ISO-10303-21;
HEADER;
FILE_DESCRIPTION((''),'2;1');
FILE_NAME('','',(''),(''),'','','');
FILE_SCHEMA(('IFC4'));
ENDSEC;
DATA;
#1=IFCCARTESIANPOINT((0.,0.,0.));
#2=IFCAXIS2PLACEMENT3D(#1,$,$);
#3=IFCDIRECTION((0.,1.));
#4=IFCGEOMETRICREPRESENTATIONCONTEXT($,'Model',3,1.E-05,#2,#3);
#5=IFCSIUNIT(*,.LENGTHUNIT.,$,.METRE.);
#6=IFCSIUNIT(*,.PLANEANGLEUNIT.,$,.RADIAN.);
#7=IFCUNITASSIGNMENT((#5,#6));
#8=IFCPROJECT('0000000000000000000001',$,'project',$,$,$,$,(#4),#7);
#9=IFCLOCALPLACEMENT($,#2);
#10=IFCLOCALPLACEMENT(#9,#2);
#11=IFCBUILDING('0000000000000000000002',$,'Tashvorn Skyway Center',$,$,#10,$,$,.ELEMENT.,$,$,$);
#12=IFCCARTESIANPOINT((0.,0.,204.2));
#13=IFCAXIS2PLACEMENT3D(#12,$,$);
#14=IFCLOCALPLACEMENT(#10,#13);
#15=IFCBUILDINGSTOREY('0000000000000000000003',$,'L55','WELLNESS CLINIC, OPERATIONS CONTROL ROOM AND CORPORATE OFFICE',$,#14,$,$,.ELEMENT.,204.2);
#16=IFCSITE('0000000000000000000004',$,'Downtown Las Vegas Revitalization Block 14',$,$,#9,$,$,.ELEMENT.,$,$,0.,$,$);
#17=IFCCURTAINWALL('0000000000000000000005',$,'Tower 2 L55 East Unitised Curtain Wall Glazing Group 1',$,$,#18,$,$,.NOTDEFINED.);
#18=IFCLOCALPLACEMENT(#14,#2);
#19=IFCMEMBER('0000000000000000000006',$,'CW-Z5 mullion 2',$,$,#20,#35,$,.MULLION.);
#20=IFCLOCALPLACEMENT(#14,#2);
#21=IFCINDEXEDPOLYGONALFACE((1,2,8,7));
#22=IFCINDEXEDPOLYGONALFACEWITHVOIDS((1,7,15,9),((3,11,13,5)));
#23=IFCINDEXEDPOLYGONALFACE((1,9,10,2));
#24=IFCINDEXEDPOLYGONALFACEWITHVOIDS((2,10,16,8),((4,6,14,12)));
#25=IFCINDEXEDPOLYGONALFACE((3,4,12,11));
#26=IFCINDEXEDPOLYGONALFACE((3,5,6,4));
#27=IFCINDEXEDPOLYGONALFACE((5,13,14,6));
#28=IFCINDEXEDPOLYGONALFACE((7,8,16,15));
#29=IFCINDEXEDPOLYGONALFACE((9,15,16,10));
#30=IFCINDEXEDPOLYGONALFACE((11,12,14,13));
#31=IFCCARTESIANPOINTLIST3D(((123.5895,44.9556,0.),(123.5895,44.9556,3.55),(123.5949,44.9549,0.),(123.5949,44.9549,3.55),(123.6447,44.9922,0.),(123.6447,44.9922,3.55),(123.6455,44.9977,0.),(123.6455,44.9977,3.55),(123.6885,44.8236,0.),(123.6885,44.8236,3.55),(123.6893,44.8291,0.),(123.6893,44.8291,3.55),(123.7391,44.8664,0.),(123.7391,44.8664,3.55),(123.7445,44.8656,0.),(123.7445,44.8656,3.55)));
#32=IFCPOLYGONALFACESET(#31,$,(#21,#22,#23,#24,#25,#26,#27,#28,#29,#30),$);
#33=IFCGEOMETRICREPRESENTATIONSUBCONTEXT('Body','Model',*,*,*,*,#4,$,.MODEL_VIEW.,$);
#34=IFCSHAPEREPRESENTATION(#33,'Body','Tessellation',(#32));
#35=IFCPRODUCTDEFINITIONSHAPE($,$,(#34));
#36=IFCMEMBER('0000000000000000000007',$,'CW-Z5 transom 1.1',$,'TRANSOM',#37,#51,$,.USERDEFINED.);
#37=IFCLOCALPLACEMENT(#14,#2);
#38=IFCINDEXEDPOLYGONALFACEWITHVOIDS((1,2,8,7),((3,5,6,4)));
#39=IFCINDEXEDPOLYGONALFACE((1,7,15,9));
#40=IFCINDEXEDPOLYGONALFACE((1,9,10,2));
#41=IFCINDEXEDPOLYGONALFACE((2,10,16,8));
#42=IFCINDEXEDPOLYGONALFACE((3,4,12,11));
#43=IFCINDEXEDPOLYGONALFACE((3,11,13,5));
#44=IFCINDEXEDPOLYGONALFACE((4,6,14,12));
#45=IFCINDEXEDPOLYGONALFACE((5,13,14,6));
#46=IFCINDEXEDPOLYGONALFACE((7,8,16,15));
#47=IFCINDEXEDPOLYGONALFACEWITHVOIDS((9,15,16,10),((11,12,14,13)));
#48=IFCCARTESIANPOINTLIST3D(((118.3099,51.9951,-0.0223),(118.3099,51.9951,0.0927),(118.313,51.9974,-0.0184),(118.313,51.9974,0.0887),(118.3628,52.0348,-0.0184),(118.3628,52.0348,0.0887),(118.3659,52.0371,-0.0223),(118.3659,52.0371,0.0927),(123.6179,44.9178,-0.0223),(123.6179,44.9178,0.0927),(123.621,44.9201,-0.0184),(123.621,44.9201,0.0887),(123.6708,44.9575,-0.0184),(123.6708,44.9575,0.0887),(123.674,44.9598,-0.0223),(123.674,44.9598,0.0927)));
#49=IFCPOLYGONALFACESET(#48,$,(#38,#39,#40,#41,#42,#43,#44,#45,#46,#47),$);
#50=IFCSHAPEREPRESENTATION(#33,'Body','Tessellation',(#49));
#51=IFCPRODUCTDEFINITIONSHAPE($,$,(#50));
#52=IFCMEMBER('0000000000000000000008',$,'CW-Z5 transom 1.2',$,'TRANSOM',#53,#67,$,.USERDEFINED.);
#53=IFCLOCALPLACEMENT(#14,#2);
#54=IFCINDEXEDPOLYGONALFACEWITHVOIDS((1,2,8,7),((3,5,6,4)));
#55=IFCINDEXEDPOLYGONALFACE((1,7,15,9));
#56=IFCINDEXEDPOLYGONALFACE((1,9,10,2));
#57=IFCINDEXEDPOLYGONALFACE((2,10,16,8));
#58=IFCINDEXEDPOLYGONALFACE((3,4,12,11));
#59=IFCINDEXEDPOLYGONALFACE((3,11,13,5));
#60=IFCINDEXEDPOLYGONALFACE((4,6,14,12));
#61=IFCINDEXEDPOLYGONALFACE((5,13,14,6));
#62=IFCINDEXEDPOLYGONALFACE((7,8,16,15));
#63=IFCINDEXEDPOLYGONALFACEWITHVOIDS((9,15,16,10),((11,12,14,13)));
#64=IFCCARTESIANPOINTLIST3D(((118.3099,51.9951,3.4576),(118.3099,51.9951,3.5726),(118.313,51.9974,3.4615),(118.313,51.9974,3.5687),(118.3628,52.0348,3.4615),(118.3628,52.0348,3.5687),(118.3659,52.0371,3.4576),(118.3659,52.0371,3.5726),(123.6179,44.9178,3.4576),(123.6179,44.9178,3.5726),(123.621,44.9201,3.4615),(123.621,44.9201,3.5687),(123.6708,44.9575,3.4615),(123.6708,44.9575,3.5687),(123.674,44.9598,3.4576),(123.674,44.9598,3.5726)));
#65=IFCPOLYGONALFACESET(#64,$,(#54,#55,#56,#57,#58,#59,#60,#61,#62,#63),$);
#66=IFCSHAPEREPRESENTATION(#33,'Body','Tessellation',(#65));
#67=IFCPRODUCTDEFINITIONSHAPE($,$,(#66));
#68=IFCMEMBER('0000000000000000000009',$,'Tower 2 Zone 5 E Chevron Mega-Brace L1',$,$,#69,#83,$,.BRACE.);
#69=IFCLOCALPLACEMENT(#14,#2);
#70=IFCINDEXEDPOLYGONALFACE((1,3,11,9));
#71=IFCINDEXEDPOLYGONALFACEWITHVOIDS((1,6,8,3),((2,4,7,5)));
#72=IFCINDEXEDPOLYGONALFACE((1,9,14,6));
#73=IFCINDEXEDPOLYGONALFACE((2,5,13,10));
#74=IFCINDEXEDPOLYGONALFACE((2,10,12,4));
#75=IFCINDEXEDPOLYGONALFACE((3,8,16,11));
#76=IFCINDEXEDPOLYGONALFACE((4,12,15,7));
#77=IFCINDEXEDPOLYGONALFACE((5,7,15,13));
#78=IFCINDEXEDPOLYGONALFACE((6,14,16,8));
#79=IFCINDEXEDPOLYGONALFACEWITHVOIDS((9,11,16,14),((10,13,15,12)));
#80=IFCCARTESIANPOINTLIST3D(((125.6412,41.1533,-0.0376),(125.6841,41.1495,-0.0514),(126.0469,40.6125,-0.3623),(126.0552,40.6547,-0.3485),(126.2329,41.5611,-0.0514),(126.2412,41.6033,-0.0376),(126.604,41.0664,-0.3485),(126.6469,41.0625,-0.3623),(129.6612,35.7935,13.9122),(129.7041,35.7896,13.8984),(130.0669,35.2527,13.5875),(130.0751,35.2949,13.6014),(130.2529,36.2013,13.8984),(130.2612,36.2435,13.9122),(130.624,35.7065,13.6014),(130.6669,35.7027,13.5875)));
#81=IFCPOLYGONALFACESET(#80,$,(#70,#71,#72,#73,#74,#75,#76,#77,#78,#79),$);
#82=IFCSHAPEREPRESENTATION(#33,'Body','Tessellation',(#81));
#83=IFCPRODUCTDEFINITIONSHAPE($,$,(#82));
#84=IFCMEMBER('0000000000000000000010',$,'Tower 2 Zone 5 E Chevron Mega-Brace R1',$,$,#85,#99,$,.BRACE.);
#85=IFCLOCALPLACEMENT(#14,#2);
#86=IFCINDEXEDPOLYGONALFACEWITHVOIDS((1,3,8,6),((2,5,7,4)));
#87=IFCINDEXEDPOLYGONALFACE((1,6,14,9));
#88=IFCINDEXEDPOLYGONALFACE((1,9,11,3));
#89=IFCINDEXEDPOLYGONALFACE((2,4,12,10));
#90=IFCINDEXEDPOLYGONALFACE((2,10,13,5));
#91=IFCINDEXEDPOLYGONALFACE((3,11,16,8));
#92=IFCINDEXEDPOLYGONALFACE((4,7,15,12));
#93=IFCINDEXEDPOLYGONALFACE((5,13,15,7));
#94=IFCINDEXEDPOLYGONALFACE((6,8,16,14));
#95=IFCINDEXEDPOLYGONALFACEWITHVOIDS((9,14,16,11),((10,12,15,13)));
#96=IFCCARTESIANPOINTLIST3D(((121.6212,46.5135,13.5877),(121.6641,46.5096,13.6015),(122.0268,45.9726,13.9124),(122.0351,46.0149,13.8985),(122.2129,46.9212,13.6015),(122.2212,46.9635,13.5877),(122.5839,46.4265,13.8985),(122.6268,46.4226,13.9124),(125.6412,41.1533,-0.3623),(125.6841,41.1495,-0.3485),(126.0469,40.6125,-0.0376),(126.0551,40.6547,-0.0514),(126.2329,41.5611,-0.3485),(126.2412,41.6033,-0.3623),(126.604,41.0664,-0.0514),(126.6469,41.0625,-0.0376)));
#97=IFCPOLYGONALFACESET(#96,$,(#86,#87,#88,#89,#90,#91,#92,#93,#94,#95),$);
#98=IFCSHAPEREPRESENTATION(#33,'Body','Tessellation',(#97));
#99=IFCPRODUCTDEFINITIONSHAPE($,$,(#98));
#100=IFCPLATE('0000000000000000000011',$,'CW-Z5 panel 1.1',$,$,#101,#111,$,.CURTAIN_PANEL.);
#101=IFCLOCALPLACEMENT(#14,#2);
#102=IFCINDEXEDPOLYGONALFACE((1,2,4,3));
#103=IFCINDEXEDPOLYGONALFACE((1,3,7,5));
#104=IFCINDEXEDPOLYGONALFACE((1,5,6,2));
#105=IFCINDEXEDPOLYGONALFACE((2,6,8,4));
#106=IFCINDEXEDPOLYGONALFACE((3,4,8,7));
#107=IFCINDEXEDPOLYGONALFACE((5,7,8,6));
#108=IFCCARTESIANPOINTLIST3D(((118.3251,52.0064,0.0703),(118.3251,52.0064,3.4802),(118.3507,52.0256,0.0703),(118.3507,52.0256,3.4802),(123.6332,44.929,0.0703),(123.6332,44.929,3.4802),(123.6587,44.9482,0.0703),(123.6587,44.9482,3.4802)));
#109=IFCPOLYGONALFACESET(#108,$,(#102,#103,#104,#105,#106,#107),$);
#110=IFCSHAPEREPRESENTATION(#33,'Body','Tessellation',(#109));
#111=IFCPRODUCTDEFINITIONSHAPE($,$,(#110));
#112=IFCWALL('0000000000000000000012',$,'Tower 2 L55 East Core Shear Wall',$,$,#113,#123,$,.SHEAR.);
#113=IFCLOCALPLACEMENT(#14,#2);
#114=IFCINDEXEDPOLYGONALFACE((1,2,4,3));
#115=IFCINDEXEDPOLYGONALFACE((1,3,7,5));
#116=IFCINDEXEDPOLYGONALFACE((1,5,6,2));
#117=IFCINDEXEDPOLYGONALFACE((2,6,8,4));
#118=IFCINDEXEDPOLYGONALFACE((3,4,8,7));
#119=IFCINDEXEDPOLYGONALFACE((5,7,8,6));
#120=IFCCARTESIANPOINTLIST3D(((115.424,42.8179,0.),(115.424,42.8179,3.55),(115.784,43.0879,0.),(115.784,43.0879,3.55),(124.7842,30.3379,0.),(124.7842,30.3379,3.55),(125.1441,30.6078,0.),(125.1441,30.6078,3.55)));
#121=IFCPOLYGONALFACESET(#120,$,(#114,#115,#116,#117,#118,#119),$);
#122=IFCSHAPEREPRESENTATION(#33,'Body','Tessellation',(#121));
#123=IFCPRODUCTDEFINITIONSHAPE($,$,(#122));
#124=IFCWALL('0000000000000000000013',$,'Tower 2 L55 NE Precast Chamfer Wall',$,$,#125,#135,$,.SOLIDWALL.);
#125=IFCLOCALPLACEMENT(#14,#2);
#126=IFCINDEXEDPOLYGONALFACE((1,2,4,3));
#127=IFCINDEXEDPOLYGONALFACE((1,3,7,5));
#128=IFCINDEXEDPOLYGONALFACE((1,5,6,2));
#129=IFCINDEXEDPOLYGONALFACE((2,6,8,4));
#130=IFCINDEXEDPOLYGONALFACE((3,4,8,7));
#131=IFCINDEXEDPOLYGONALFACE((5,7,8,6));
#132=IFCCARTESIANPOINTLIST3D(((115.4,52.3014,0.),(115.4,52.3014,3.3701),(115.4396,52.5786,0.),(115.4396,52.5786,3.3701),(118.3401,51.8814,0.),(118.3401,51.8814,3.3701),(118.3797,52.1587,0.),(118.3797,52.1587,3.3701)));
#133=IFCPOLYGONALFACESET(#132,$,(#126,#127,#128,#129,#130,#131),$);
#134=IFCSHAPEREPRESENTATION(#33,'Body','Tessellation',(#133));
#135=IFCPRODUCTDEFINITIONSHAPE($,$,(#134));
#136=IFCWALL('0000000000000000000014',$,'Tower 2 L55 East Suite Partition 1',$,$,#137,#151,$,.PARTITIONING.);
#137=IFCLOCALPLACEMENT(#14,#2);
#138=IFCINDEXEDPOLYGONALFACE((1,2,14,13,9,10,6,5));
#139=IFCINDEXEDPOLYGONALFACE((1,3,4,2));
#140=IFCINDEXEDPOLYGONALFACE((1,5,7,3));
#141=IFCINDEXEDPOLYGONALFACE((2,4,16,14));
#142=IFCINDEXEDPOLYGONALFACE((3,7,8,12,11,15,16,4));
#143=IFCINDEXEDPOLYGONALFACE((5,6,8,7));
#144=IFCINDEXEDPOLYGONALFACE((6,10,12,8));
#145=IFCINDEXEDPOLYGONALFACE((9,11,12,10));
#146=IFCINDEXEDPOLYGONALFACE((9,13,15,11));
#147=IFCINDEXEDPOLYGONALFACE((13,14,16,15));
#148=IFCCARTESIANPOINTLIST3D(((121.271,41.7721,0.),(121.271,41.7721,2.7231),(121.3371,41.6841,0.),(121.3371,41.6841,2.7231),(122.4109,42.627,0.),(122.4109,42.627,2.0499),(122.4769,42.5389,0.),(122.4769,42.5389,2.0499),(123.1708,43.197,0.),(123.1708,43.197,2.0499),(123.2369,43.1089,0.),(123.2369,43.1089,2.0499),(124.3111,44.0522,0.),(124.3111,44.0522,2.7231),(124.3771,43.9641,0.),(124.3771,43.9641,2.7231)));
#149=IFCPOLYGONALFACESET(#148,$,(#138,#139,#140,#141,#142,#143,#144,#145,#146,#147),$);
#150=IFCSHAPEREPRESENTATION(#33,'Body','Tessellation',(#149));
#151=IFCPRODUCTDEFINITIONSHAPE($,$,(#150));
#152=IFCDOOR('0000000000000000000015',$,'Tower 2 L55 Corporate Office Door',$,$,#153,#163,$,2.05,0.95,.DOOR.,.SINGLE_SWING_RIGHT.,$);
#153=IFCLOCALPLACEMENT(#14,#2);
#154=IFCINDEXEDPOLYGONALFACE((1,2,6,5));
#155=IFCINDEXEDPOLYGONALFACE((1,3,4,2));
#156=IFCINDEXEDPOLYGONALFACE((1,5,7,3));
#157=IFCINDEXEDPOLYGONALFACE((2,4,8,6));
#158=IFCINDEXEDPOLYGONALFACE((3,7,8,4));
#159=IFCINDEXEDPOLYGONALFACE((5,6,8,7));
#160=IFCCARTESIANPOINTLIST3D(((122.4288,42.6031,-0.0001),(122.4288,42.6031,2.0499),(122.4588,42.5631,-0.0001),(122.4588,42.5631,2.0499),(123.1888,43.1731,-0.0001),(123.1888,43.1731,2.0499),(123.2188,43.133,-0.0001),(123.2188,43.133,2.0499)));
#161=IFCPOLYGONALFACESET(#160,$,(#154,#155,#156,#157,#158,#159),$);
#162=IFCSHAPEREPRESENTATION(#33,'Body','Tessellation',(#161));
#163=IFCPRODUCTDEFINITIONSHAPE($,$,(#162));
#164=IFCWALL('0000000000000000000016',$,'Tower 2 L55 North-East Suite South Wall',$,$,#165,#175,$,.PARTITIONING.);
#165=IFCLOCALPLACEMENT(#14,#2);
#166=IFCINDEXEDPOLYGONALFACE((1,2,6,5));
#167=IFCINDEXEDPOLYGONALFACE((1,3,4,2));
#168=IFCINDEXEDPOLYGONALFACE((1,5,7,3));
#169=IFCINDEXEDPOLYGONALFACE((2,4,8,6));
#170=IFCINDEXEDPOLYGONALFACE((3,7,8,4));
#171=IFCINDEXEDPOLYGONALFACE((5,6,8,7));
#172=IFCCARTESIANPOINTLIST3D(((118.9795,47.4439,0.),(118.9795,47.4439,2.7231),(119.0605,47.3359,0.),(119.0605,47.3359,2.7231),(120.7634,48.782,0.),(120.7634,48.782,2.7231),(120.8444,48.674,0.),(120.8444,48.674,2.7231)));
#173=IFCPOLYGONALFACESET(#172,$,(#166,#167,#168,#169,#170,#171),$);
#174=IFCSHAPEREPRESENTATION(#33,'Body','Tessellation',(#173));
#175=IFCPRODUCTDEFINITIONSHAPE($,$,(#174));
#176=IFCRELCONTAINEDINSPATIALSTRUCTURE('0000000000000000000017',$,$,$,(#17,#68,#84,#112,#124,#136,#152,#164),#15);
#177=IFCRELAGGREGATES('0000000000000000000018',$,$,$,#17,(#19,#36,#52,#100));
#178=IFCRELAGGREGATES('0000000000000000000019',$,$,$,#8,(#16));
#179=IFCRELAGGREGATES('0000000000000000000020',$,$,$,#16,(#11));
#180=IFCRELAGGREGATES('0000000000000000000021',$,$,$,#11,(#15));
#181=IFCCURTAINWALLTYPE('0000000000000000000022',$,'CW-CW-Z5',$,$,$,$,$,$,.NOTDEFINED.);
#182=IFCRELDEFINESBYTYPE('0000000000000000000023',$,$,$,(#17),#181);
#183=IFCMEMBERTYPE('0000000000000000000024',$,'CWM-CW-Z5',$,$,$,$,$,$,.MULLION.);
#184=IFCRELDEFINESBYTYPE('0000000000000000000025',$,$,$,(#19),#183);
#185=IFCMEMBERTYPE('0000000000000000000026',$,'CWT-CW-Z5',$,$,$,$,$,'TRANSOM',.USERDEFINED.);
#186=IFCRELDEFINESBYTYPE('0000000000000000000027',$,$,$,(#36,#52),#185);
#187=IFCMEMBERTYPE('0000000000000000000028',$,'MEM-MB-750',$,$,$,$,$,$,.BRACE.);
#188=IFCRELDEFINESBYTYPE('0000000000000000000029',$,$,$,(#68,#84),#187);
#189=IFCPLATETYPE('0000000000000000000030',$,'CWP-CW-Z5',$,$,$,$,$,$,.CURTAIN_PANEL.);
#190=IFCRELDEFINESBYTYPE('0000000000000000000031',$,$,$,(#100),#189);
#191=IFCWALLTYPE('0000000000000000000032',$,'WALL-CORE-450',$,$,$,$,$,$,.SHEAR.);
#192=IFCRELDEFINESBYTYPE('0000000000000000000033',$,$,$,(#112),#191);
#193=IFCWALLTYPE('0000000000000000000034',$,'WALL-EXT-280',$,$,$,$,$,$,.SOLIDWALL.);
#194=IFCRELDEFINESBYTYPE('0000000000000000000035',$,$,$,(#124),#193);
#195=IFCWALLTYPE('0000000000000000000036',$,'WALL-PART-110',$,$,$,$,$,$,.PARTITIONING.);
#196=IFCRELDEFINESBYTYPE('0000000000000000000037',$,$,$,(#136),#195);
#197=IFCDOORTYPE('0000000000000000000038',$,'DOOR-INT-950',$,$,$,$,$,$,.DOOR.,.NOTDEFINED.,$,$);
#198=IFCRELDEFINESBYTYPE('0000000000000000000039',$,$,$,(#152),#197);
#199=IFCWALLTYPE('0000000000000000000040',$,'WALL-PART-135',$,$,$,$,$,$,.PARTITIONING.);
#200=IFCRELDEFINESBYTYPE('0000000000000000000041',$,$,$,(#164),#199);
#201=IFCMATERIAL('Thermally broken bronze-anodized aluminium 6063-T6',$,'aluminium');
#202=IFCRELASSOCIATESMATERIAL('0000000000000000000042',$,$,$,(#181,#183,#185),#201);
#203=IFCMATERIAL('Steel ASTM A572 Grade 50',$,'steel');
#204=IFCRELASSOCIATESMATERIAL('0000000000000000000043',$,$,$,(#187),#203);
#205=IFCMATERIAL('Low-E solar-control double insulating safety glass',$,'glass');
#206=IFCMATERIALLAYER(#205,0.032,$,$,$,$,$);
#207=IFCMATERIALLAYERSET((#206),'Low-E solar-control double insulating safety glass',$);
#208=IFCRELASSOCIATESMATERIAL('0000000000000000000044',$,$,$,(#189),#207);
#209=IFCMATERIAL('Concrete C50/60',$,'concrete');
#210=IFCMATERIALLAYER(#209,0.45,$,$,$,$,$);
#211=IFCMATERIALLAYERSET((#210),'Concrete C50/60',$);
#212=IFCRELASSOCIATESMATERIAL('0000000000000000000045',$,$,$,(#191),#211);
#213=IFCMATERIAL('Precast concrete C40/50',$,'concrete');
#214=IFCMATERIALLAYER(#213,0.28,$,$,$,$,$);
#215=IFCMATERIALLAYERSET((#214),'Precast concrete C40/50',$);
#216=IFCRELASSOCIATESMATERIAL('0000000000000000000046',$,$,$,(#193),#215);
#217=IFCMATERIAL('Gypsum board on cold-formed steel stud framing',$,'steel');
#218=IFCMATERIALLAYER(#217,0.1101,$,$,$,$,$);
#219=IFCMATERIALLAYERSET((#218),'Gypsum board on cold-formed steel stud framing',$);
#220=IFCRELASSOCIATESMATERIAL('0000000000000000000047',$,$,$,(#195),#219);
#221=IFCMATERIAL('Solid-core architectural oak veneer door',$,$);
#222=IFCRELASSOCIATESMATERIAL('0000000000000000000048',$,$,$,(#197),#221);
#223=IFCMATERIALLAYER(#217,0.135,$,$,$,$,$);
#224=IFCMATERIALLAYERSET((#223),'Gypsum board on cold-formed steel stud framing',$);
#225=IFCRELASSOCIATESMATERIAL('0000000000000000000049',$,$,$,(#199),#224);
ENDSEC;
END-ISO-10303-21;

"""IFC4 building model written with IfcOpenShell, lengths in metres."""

from ifc_helpers import new_model, si_unit, direction, frame, frame_2d, origin, origin_2d, place, context, subcontext, project, spatial, rectangle, hollow_rectangle, extrude, material, layer, layer_set, material_profile, profile_set, type_object, element, fill, aggregate, save


model = new_model("IFC4")

# Units and contexts
model_context = context("Model", 3, precision=1e-05, world=origin(), true_north=direction((0.0, 1.0)))
body_context = subcontext(model_context, "Body", "Model", "MODEL_VIEW")
ifc_project = project(units=[si_unit("LENGTHUNIT", "METRE"), si_unit("PLANEANGLEUNIT", "RADIAN")], contexts=[model_context])

# Site, building, storey
site_placement = place(None, origin())
site = spatial("IfcSite", under=ifc_project, at=site_placement, Name="Downtown Las Vegas Revitalization Block 14", CompositionType="ELEMENT", RefElevation=0.0)
building_placement = place(site_placement, origin())
building = spatial("IfcBuilding", under=site, at=building_placement, Name="Tashvorn Skyway Center", CompositionType="ELEMENT")
storey_placement = place(building_placement, frame((0.0, 0.0, 204.2)))
storey = spatial("IfcBuildingStorey", under=building, at=storey_placement, Name="L55", Description="WELLNESS CLINIC, OPERATIONS CONTROL ROOM AND CORPORATE OFFICE", CompositionType="ELEMENT", Elevation=204.2)

# Shared definitions
ifc_material_1 = material(Name="Steel ASTM A572 Grade 50", Category="steel")

# Shared definitions
ifc_material_2 = material(Name="Thermally broken bronze-anodized aluminium 6063-T6", Category="aluminium")
curtain_wall_type = type_object("IfcCurtainWallType", Name="CW-CW-Z5", PredefinedType="NOTDEFINED", material=ifc_material_2)
ifc_material_profile_1 = material_profile(ifc_material_2, hollow_rectangle(XDim=0.0701, YDim=0.165, WallThickness=0.0039, at=origin_2d()), Name="ALU-MULL-70x165")
ifc_profile_set_1 = profile_set([ifc_material_profile_1], Name="Thermally broken bronze-anodized aluminium 6063-T6")
member_type_1 = type_object("IfcMemberType", Name="CWM-CW-Z5", PredefinedType="MULLION", material=ifc_profile_set_1)

# Curtain wall, members
curtain_wall_1_placement = place(storey_placement, origin())
curtain_wall_1 = element("IfcCurtainWall", 1, at=curtain_wall_1_placement, inside=storey, type_object=curtain_wall_type, Name="Tower 2 L55 East Unitised Curtain Wall Glazing Group 1", PredefinedType="NOTDEFINED")
member_1_placement = place(storey_placement, frame((123.667, 44.9106, 0.0), z_axis=(0.0, 0.0, 1.0), x_axis=(0.799999, 0.600002, 0.0)))
member_1 = element("IfcMember", 2, at=member_1_placement, type_object=member_type_1, Name="CW-Z5 mullion 2", PredefinedType="MULLION", context=body_context, shape_type="SweptSolid", body=[
    extrude(hollow_rectangle(XDim=0.0701, YDim=0.165, WallThickness=0.0039, at=origin_2d()), origin(), (0.0, 0.0, 1.0), 3.55),
])
ifc_material_profile_2 = material_profile(ifc_material_2, hollow_rectangle(XDim=0.0701, YDim=0.115, WallThickness=0.0039, at=origin_2d()), Name="ALU-TRAN-70x115")
ifc_profile_set_2 = profile_set([ifc_material_profile_2], Name="Thermally broken bronze-anodized aluminium 6063-T6")
member_type_2 = type_object("IfcMemberType", Name="CWT-CW-Z5", ElementType="TRANSOM", PredefinedType="USERDEFINED", material=ifc_profile_set_2)
member_2_placement = place(storey_placement, frame((118.3379, 52.0161, 0.0352), z_axis=(0.600004, -0.799997, 0.0), x_axis=(0.799997, 0.600004, 0.0)))
member_2 = element("IfcMember", 3, at=member_2_placement, type_object=member_type_2, Name="CW-Z5 transom 1.1", ObjectType="TRANSOM", PredefinedType="USERDEFINED", context=body_context, shape_type="SweptSolid", body=[
    extrude(hollow_rectangle(XDim=0.0701, YDim=0.115, WallThickness=0.0039, at=origin_2d()), origin(), (0.0, 0.0, 1.0), 8.8467),
])
member_3_placement = place(storey_placement, frame((118.3379, 52.0161, 3.5151), z_axis=(0.600004, -0.799997, 0.0), x_axis=(0.799997, 0.600004, 0.0)))
member_3 = element("IfcMember", 4, at=member_3_placement, type_object=member_type_2, Name="CW-Z5 transom 1.2", ObjectType="TRANSOM", PredefinedType="USERDEFINED", context=body_context, shape_type="SweptSolid", body=[
    extrude(hollow_rectangle(XDim=0.0701, YDim=0.115, WallThickness=0.0039, at=origin_2d()), origin(), (0.0, 0.0, 1.0), 8.8467),
])

# Members
ifc_material_profile_3 = material_profile(ifc_material_1, hollow_rectangle(XDim=0.75, YDim=0.75, WallThickness=0.032, at=origin_2d()), Name="BOX750x750x32")
ifc_profile_set_3 = profile_set([ifc_material_profile_3], Name="Steel ASTM A572 Grade 50")
member_type_3 = type_object("IfcMemberType", Name="MEM-MB-750", PredefinedType="BRACE", material=ifc_profile_set_3)
member_4_placement = place(storey_placement, frame((126.144, 41.1079, -0.2), z_axis=(0.259767, -0.346346, 0.901424), x_axis=(0.799991, 0.600012, 0.0)))
element("IfcMember", 5, at=member_4_placement, inside=storey, type_object=member_type_3, Name="Tower 2 Zone 5 E Chevron Mega-Brace L1", PredefinedType="BRACE", context=body_context, shape_type="SweptSolid", body=[
    extrude(hollow_rectangle(XDim=0.75, YDim=0.75, WallThickness=0.032, at=origin_2d()), origin(), (0.0, 0.0, 1.0), 15.4753),
])
member_5_placement = place(storey_placement, frame((126.144, 41.1079, -0.2), z_axis=(-0.259766, 0.34636, 0.901419), x_axis=(-0.800004, -0.599994, 0.0)))
element("IfcMember", 6, at=member_5_placement, inside=storey, type_object=member_type_3, Name="Tower 2 Zone 5 E Chevron Mega-Brace R1", PredefinedType="BRACE", context=body_context, shape_type="SweptSolid", body=[
    extrude(hollow_rectangle(XDim=0.75, YDim=0.75, WallThickness=0.032, at=origin_2d()), origin(), (0.0, 0.0, 1.0), 15.4756),
])

# Plate
ifc_material_3 = material(Name="Low-E solar-control double insulating safety glass", Category="glass")
ifc_layer_1 = layer(ifc_material_3, 0.032)
ifc_layer_set_1 = layer_set([ifc_layer_1], Name="Low-E solar-control double insulating safety glass")
plate_type = type_object("IfcPlateType", Name="CWP-CW-Z5", PredefinedType="CURTAIN_PANEL", material=ifc_layer_set_1)
plate_placement = place(storey_placement, frame((120.9919, 48.4773, 0.0703), z_axis=(0.0, 0.0, 1.0), x_axis=(0.600002, -0.799999, 0.0)))
plate = element("IfcPlate", 7, at=plate_placement, type_object=plate_type, Name="CW-Z5 panel 1.1", PredefinedType="CURTAIN_PANEL", context=body_context, shape_type="SweptSolid", body=[
    extrude(rectangle(XDim=8.8467, YDim=0.032, at=origin_2d()), origin(), (0.0, 0.0, 1.0), 3.4099),
])
aggregate(curtain_wall_1, [member_1, member_2, member_3, plate])

# Walls
ifc_material_4 = material(Name="Concrete C50/60", Category="concrete")
ifc_layer_2 = layer(ifc_material_4, 0.45)
ifc_layer_set_2 = layer_set([ifc_layer_2], Name="Concrete C50/60")
wall_type_1 = type_object("IfcWallType", Name="WALL-CORE-450", PredefinedType="SHEAR", material=ifc_layer_set_2)
wall_1_placement = place(storey_placement, frame((115.604, 42.9529, 0.0), z_axis=(0.0, 0.0, 1.0), x_axis=(0.600005, -0.799996, 0.0)))
element("IfcWall", 8, at=wall_1_placement, inside=storey, type_object=wall_type_1, Name="Tower 2 L55 East Core Shear Wall", PredefinedType="SHEAR", context=body_context, shape_type="SweptSolid", body=[
    extrude(rectangle(XDim=15.6001, YDim=0.45, at=frame_2d((7.8, 0.0))), origin(), (0.0, 0.0, 1.0), 3.55),
])
ifc_material_5 = material(Name="Precast concrete C40/50", Category="concrete")
ifc_layer_3 = layer(ifc_material_5, 0.28)
ifc_layer_set_3 = layer_set([ifc_layer_3], Name="Precast concrete C40/50")
wall_type_2 = type_object("IfcWallType", Name="WALL-EXT-280", PredefinedType="SOLIDWALL", material=ifc_layer_set_3)
wall_2_placement = place(storey_placement, frame((115.4199, 52.4399, 0.0), z_axis=(0.0, 0.0, 1.0), x_axis=(0.989954, -0.141387, 0.0)))
element("IfcWall", 9, at=wall_2_placement, inside=storey, type_object=wall_type_2, Name="Tower 2 L55 NE Precast Chamfer Wall", PredefinedType="SOLIDWALL", context=body_context, shape_type="SweptSolid", body=[
    extrude(rectangle(XDim=2.97, YDim=0.28, at=frame_2d((1.4849, 0.0))), origin(), (0.0, 0.0, 1.0), 3.3701),
])

# Wall, opening, door
ifc_material_6 = material(Name="Gypsum board on cold-formed steel stud framing", Category="steel")
ifc_layer_4 = layer(ifc_material_6, 0.1101)
ifc_layer_set_4 = layer_set([ifc_layer_4], Name="Gypsum board on cold-formed steel stud framing")
wall_type_3 = type_object("IfcWallType", Name="WALL-PART-110", PredefinedType="PARTITIONING", material=ifc_layer_set_4)
wall_3_placement = place(storey_placement, frame((124.344, 44.0081, 0.0), z_axis=(0.0, 0.0, 1.0), x_axis=(-0.8, -0.6, 0.0)))
wall_3 = element("IfcWall", 10, at=wall_3_placement, inside=storey, type_object=wall_type_3, Name="Tower 2 L55 East Suite Partition 1", PredefinedType="PARTITIONING", context=body_context, shape_type="SweptSolid", body=[
    extrude(rectangle(XDim=3.8, YDim=0.1101, at=frame_2d((1.8999, 0.0))), origin(), (0.0, 0.0, 1.0), 2.7231),
])
opening_1_placement = place(wall_3_placement, frame((1.425, 0.0, 0.0)))
opening_1 = element("IfcOpeningElement", 11, at=opening_1_placement, cuts=wall_3, PredefinedType="OPENING", context=body_context, shape_type="SweptSolid", body=[
    extrude(rectangle(XDim=0.95, YDim=2.05, at=frame_2d((0.4751, 1.0249))), frame((0.0, 0.0649, 0.0), z_axis=(0.0, -1.0, 0.0), x_axis=(1.0, 0.0, 0.0)), (0.0, 0.0, 1.0), 0.1301),
])
ifc_material_7 = material(Name="Solid-core architectural oak veneer door")
door_type_1 = type_object("IfcDoorType", Name="DOOR-INT-950", OperationType="NOTDEFINED", PredefinedType="DOOR", material=ifc_material_7)
door_1_placement = place(opening_1_placement, origin())
door_1 = element("IfcDoor", 12, at=door_1_placement, inside=storey, type_object=door_type_1, Name="Tower 2 L55 Corporate Office Door", OperationType="SINGLE_SWING_RIGHT", OverallHeight=2.05, OverallWidth=0.95, PredefinedType="DOOR", context=body_context, shape_type="SweptSolid", body=[
    extrude(rectangle(XDim=0.95, YDim=2.05, at=frame_2d((0.4751, 1.0249))), frame((0.0, 0.0249, 0.0), z_axis=(0.0, -1.0, 0.0), x_axis=(1.0, 0.0, 0.0)), (0.0, 0.0, 1.0), 0.05),
])
fill(opening_1, door_1)

# Wall
ifc_layer_5 = layer(ifc_material_6, 0.135)
ifc_layer_set_5 = layer_set([ifc_layer_5], Name="Gypsum board on cold-formed steel stud framing")
wall_type_4 = type_object("IfcWallType", Name="WALL-PART-135", PredefinedType="PARTITIONING", material=ifc_layer_set_5)
wall_4_placement = place(storey_placement, frame((119.02, 47.3899, 0.0), z_axis=(0.0, 0.0, 1.0), x_axis=(0.799961, 0.600053, 0.0)))
element("IfcWall", 13, at=wall_4_placement, inside=storey, type_object=wall_type_4, Name="Tower 2 L55 North-East Suite South Wall", PredefinedType="PARTITIONING", context=body_context, shape_type="SweptSolid", body=[
    extrude(rectangle(XDim=2.23, YDim=0.135, at=frame_2d((1.115, 0.0))), origin(), (0.0, 0.0, 1.0), 2.7231),
])

save(model, "model.ifc")
